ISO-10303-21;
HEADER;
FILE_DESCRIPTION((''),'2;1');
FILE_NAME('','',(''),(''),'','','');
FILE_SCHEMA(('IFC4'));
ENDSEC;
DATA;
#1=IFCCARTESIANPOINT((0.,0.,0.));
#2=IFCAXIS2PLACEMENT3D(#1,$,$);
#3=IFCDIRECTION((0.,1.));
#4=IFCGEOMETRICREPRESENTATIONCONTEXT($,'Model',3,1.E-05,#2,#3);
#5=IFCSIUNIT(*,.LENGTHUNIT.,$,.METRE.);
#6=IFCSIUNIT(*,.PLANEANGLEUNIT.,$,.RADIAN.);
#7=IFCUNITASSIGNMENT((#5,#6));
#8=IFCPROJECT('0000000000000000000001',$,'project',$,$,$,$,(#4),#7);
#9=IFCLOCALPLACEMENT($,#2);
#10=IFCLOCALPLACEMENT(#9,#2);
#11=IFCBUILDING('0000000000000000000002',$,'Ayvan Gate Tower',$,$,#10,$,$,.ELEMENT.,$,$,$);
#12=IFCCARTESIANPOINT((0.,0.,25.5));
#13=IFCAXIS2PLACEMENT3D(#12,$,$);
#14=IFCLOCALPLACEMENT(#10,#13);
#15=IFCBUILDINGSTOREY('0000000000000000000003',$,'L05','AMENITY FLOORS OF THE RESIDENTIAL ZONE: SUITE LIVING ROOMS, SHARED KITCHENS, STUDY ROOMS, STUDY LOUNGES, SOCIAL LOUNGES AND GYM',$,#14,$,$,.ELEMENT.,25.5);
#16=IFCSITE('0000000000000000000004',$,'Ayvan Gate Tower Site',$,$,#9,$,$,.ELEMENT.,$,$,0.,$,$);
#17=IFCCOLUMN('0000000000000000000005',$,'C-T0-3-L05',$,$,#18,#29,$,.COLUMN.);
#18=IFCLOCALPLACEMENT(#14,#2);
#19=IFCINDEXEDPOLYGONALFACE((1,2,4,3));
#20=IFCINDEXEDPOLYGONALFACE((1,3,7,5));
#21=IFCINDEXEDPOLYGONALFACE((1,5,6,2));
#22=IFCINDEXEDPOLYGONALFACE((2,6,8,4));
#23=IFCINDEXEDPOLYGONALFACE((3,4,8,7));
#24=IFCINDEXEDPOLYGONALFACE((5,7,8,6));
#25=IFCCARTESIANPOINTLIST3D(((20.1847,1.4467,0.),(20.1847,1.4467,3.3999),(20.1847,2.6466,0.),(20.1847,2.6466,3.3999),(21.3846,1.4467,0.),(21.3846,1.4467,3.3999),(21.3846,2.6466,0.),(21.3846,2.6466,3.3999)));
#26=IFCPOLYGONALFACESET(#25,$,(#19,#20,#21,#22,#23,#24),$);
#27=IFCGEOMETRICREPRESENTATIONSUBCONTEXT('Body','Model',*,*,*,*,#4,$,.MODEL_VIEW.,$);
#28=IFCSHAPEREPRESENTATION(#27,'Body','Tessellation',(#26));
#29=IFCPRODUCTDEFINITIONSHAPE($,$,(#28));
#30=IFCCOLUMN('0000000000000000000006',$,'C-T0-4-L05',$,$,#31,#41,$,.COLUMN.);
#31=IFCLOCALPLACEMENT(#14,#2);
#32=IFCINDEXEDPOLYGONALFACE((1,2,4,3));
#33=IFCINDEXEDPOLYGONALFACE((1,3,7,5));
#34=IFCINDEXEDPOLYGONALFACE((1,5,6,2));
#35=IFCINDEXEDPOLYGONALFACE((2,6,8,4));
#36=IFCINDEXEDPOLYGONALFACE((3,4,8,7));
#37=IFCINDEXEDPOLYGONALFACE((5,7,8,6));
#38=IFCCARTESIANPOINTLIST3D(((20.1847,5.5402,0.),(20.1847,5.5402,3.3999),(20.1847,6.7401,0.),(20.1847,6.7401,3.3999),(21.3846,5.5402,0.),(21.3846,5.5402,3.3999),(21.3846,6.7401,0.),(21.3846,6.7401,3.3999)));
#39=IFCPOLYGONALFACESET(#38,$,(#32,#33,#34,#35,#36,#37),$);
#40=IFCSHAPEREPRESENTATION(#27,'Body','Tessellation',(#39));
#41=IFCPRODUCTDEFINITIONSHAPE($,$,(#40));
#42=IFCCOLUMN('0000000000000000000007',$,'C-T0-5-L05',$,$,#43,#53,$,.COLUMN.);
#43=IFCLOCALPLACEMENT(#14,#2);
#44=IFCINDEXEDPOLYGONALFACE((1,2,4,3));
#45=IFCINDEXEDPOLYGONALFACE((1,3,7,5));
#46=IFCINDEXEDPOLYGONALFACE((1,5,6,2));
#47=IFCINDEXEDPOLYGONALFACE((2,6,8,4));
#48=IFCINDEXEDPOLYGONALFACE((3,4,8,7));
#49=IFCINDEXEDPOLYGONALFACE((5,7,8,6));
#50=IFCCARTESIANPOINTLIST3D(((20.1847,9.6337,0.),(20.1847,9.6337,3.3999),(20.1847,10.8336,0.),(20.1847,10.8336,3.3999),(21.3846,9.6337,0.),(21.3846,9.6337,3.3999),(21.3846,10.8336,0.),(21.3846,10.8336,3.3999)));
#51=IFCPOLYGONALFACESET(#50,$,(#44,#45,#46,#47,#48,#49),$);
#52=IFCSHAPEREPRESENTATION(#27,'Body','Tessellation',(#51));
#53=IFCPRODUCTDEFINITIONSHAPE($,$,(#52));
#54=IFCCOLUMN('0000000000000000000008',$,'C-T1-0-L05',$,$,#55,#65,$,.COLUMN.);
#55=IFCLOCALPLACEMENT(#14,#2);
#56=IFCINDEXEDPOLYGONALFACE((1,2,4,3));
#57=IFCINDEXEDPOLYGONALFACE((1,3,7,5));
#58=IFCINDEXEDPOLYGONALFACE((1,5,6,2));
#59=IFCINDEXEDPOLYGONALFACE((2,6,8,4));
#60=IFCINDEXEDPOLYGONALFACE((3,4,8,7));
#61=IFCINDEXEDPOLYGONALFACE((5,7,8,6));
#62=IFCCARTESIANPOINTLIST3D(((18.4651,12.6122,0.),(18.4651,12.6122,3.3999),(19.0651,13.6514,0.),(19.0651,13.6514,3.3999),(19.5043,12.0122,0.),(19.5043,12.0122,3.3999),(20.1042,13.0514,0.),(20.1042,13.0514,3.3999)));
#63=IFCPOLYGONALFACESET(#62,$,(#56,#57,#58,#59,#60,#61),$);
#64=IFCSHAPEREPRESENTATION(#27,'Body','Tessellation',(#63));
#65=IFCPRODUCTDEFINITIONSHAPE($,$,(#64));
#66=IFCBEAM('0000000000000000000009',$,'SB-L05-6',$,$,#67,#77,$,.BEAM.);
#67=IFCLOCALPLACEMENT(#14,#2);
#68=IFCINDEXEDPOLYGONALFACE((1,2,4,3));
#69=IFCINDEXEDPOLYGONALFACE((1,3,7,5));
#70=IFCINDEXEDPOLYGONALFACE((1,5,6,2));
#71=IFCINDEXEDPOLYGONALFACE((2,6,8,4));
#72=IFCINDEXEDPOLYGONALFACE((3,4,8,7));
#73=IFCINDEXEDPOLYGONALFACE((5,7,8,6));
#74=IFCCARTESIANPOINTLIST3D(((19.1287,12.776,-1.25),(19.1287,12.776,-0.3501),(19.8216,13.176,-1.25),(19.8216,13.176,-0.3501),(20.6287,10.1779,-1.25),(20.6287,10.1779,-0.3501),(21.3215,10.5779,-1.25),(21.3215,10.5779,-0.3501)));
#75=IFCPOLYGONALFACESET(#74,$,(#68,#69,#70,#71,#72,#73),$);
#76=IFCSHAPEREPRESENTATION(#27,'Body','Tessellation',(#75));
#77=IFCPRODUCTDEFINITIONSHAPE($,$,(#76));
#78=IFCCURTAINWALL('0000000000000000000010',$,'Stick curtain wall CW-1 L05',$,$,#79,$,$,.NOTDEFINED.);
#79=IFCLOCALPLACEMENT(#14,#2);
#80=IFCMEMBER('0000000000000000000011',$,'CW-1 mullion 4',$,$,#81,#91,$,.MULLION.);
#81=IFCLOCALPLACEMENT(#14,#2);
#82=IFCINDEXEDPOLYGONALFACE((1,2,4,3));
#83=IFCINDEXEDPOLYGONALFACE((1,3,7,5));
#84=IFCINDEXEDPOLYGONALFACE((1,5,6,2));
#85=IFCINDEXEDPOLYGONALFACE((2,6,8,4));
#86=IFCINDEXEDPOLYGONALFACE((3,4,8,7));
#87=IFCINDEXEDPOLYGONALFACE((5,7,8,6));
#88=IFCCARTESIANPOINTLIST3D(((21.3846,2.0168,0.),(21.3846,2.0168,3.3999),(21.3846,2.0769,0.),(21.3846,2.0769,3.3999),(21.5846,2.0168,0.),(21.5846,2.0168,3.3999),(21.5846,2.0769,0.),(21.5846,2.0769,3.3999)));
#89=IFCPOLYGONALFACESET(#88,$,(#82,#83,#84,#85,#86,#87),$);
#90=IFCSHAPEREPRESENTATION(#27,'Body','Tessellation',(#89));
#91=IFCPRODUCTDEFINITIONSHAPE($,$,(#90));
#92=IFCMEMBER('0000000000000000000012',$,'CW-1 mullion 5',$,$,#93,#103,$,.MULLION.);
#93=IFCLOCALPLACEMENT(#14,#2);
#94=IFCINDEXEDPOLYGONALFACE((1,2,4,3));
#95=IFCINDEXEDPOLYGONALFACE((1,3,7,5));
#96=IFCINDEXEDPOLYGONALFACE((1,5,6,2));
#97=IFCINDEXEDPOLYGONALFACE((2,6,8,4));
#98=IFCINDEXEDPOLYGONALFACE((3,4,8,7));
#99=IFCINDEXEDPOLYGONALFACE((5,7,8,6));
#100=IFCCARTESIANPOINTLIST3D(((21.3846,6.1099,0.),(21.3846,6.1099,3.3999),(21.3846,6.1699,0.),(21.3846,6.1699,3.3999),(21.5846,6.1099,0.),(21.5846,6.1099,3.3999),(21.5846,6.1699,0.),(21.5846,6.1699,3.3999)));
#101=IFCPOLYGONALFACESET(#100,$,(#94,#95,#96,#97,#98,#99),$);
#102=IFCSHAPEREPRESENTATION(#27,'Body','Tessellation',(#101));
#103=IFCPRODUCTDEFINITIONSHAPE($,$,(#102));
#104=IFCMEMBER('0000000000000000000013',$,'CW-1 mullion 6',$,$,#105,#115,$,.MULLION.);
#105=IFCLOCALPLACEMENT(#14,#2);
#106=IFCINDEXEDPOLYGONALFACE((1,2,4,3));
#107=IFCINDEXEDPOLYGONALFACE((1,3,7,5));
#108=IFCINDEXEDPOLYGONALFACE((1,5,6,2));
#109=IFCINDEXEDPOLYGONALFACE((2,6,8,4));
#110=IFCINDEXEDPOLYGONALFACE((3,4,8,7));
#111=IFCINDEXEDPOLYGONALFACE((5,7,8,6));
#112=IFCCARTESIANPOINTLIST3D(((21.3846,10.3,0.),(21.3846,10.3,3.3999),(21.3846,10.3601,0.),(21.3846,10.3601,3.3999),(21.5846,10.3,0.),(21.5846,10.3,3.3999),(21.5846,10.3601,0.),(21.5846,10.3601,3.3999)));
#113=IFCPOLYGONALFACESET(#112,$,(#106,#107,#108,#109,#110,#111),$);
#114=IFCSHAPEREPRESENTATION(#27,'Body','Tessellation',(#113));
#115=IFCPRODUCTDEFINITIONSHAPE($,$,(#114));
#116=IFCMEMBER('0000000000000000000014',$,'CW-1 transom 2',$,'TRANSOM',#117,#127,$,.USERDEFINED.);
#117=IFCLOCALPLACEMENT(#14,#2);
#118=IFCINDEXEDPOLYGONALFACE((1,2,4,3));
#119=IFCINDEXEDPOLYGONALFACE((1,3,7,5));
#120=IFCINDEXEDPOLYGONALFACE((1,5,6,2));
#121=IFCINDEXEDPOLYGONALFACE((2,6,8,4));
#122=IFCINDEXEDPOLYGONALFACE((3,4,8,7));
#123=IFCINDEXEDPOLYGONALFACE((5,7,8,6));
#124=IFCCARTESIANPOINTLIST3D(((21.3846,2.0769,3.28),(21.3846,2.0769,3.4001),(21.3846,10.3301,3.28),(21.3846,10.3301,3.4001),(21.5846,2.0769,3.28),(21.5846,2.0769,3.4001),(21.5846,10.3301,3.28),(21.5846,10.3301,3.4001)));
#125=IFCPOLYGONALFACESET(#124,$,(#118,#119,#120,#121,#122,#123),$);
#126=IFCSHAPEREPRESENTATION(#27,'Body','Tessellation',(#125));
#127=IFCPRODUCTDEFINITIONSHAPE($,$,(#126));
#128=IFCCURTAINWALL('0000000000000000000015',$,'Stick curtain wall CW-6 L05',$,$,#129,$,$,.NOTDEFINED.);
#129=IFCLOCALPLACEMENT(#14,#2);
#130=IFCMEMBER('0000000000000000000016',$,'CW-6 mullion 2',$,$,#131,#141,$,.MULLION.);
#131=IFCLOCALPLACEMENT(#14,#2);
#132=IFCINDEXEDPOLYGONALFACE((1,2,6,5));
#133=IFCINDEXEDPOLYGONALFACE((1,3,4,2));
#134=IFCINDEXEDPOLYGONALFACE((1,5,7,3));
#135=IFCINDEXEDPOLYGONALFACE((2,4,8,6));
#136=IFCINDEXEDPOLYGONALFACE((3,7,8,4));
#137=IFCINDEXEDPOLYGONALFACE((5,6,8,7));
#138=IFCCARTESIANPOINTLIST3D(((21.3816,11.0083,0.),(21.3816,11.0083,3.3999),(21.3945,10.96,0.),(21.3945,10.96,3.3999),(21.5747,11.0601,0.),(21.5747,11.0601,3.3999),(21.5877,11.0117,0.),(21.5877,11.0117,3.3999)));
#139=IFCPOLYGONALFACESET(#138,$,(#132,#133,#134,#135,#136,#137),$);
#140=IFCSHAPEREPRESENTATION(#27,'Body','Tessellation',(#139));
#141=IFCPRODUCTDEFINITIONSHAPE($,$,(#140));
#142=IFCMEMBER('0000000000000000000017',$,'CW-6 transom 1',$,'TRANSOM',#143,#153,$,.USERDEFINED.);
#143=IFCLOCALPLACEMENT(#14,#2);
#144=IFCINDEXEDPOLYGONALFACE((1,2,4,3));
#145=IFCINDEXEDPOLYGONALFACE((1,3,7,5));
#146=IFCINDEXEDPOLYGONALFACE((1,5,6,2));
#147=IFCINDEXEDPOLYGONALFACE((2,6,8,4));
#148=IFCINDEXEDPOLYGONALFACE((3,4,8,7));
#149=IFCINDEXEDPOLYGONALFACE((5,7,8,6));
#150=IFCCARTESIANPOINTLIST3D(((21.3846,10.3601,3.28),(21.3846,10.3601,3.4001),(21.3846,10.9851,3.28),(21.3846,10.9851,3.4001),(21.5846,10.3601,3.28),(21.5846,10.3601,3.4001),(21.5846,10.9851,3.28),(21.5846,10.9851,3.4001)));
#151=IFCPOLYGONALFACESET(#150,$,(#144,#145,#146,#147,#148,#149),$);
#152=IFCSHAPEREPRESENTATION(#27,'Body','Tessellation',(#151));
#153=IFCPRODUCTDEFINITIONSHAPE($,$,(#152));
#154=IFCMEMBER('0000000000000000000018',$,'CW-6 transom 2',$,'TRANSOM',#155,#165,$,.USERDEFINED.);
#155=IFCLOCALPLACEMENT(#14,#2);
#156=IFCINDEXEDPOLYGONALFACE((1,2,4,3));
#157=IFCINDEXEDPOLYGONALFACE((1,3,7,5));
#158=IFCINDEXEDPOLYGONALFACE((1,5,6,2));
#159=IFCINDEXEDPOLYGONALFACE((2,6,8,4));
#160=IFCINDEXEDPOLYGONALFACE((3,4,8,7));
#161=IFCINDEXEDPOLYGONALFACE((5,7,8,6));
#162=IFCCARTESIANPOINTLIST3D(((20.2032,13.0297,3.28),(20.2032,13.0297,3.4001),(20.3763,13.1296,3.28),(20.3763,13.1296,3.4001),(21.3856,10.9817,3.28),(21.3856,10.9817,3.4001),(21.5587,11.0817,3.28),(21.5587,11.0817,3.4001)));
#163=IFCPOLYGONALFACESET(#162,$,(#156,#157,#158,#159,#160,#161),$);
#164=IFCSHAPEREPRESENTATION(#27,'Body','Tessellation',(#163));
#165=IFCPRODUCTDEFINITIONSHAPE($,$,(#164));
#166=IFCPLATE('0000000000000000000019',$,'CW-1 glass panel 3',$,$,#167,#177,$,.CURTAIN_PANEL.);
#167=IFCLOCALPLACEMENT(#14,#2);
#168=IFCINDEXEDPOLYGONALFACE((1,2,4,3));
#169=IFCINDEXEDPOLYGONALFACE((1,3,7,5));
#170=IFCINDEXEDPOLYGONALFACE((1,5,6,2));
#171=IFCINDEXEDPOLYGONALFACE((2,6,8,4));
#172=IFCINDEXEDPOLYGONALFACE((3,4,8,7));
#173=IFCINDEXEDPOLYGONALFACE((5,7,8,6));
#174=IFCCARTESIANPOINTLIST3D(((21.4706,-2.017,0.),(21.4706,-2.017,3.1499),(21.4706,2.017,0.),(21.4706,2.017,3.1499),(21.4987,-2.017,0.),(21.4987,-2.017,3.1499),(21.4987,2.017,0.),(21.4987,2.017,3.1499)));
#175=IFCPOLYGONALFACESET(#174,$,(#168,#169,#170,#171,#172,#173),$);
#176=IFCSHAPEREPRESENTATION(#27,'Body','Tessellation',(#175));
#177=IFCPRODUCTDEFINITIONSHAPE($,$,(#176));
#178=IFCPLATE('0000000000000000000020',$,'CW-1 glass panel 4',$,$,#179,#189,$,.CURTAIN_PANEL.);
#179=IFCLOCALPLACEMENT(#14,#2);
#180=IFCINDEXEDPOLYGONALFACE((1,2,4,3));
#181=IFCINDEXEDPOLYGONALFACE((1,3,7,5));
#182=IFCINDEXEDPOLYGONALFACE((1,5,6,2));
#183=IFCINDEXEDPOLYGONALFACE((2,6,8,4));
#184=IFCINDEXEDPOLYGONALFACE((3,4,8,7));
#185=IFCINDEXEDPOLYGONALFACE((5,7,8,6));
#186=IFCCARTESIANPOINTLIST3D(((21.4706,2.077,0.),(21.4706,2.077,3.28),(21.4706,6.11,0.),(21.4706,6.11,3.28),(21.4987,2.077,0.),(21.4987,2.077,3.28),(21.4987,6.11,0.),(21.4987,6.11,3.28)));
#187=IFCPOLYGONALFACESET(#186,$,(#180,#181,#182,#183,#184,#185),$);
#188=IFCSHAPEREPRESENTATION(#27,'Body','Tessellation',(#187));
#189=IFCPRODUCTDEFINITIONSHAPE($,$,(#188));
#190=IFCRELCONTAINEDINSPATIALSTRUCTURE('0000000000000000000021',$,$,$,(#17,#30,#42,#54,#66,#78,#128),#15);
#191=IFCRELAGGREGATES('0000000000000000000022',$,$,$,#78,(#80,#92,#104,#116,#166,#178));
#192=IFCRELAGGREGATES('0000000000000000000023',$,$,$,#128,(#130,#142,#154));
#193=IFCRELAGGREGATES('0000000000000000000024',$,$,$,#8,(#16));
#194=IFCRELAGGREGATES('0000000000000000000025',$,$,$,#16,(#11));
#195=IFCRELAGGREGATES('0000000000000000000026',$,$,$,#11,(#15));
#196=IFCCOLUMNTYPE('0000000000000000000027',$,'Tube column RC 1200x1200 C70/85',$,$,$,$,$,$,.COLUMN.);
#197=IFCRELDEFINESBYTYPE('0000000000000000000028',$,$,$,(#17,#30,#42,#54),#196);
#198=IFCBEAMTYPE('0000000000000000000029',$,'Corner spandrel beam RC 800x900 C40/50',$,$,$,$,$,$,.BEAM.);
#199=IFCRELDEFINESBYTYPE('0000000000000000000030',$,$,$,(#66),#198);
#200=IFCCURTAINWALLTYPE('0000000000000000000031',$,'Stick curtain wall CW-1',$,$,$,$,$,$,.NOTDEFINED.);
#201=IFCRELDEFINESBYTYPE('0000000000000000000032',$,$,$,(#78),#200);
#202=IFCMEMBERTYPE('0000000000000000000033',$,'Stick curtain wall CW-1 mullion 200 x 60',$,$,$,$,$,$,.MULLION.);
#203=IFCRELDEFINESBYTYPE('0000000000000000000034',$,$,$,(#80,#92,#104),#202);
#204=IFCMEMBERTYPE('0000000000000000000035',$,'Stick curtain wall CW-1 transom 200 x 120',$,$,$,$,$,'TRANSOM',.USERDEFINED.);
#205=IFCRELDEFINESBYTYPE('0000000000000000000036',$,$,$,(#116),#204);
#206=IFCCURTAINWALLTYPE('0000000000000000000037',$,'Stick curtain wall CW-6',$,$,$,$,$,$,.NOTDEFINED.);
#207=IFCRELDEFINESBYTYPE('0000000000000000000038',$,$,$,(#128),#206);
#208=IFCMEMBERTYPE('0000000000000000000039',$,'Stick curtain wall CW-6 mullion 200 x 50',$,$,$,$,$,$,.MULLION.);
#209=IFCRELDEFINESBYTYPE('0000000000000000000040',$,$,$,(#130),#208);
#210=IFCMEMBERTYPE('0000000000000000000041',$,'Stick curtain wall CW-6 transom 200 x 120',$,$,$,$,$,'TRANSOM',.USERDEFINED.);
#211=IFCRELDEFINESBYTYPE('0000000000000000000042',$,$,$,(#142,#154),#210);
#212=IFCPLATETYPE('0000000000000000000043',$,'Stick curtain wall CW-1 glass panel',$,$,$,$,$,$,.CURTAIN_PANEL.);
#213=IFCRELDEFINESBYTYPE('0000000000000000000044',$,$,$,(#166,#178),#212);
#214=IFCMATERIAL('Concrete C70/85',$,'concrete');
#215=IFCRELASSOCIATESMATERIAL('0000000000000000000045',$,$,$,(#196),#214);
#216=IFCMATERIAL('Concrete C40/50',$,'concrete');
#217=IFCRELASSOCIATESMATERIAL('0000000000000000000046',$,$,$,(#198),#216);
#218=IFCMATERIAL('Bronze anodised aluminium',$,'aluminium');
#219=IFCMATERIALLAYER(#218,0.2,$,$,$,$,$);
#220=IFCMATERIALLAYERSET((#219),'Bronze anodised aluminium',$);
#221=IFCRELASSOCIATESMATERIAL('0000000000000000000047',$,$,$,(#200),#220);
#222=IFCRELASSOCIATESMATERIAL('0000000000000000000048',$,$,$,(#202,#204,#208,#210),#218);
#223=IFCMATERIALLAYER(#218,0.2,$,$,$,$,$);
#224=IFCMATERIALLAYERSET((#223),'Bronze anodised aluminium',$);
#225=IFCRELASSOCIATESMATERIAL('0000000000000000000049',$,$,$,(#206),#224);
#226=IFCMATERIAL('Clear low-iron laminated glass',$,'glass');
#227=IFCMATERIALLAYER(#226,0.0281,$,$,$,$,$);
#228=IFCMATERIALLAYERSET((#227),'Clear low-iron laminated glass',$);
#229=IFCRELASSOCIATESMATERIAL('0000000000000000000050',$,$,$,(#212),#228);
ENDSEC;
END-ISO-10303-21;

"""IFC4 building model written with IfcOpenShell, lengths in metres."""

from ifc_helpers import new_model, si_unit, direction, frame, origin, origin_2d, place, context, subcontext, project, spatial, rectangle, extrude, material, layer, layer_set, material_profile, profile_set, type_object, element, aggregate, save


model = new_model("IFC4")

# Units and contexts
model_context = context("Model", 3, precision=1e-05, world=origin(), true_north=direction((0.0, 1.0)))
body_context = subcontext(model_context, "Body", "Model", "MODEL_VIEW")
ifc_project = project(units=[si_unit("LENGTHUNIT", "METRE"), si_unit("PLANEANGLEUNIT", "RADIAN")], contexts=[model_context])

# Site, building, storey
site_placement = place(None, origin())
site = spatial("IfcSite", under=ifc_project, at=site_placement, Name="Ayvan Gate Tower Site", CompositionType="ELEMENT", RefElevation=0.0)
building_placement = place(site_placement, origin())
building = spatial("IfcBuilding", under=site, at=building_placement, Name="Ayvan Gate Tower", CompositionType="ELEMENT")
storey_placement = place(building_placement, frame((0.0, 0.0, 25.5)))
storey = spatial("IfcBuildingStorey", under=building, at=storey_placement, Name="L05", Description="AMENITY FLOORS OF THE RESIDENTIAL ZONE: SUITE LIVING ROOMS, SHARED KITCHENS, STUDY ROOMS, STUDY LOUNGES, SOCIAL LOUNGES AND GYM", CompositionType="ELEMENT", Elevation=25.5)

# Columns
ifc_material_1 = material(Name="Concrete C70/85", Category="concrete")
ifc_material_profile_1 = material_profile(ifc_material_1, rectangle(XDim=1.2, YDim=1.2, at=origin_2d()), Name="RC 1200x1200")
ifc_profile_set_1 = profile_set([ifc_material_profile_1], Name="Concrete C70/85")
column_type = type_object("IfcColumnType", Name="Tube column RC 1200x1200 C70/85", PredefinedType="COLUMN", material=ifc_profile_set_1)
for number, where, z_axis, x_axis, name in (
    (1, (20.7847, 2.0466, 0.0), (0.0, 0.0, 1.0), (1.0, 0.0, 0.0), "C-T0-3-L05"),
    (2, (20.7847, 6.1401, 0.0), (0.0, 0.0, 1.0), (1.0, 0.0, 0.0), "C-T0-4-L05"),
    (3, (20.7847, 10.2336, 0.0), (0.0, 0.0, 1.0), (1.0, 0.0, 0.0), "C-T0-5-L05"),
    (4, (19.2847, 12.8318, 0.0), (0.0, 0.0, 1.0), (0.5, 0.866025, 0.0), "C-T1-0-L05"),
):
    element("IfcColumn", number, at=place(storey_placement, frame(where, z_axis=z_axis, x_axis=x_axis)), inside=storey, type_object=column_type, Name=name, PredefinedType="COLUMN", context=body_context, shape_type="SweptSolid", body=[
        extrude(rectangle(XDim=1.2, YDim=1.2, at=origin_2d()), origin(), (0.0, 0.0, 1.0), 3.3999),
    ])

# Beam
ifc_material_2 = material(Name="Concrete C40/50", Category="concrete")
ifc_material_profile_2 = material_profile(ifc_material_2, rectangle(XDim=0.8, YDim=0.8999, at=origin_2d()), Name="RC 800x900")
ifc_profile_set_2 = profile_set([ifc_material_profile_2], Name="Concrete C40/50")
beam_type = type_object("IfcBeamType", Name="Corner spandrel beam RC 800x900 C40/50", PredefinedType="BEAM", material=ifc_profile_set_2)
beam_placement = place(storey_placement, frame((20.9751, 10.3779, -0.8), z_axis=(-0.49999, 0.866031, 0.0), x_axis=(-0.866031, -0.49999, 0.0)))
element("IfcBeam", 5, at=beam_placement, inside=storey, type_object=beam_type, Name="SB-L05-6", PredefinedType="BEAM", context=body_context, shape_type="SweptSolid", body=[
    extrude(rectangle(XDim=0.8, YDim=0.8999, at=origin_2d()), origin(), (0.0, 0.0, 1.0), 3.0),
])

# Curtain walls, members
ifc_material_3 = material(Name="Bronze anodised aluminium", Category="aluminium")
ifc_layer_1 = layer(ifc_material_3, 0.2)
ifc_layer_set_1 = layer_set([ifc_layer_1], Name="Bronze anodised aluminium")
curtain_wall_type_1 = type_object("IfcCurtainWallType", Name="Stick curtain wall CW-1", PredefinedType="NOTDEFINED", material=ifc_layer_set_1)
curtain_wall_1_placement = place(storey_placement, origin())
curtain_wall_1 = element("IfcCurtainWall", 6, at=curtain_wall_1_placement, inside=storey, type_object=curtain_wall_type_1, Name="Stick curtain wall CW-1 L05", PredefinedType="NOTDEFINED")
ifc_material_profile_3 = material_profile(ifc_material_3, rectangle(XDim=0.2, YDim=0.0601, at=origin_2d()), Name="Stick curtain wall CW-1 mullion 200 x 60")
ifc_profile_set_3 = profile_set([ifc_material_profile_3], Name="Bronze anodised aluminium")
member_type_1 = type_object("IfcMemberType", Name="Stick curtain wall CW-1 mullion 200 x 60", PredefinedType="MULLION", material=ifc_profile_set_3)
member_1_placement = place(storey_placement, frame((21.4846, 2.0469, 0.0), z_axis=(0.0, 0.0, 1.0), x_axis=(1.0, 0.0, 0.0)))
member_1 = element("IfcMember", 7, at=member_1_placement, type_object=member_type_1, Name="CW-1 mullion 4", PredefinedType="MULLION", context=body_context, shape_type="SweptSolid", body=[
    extrude(rectangle(XDim=0.2, YDim=0.0601, at=origin_2d()), origin(), (0.0, 0.0, 1.0), 3.3999),
])
member_2_placement = place(storey_placement, frame((21.4846, 6.1399, 0.0), z_axis=(0.0, 0.0, 1.0), x_axis=(1.0, 0.0, 0.0)))
member_2 = element("IfcMember", 8, at=member_2_placement, type_object=member_type_1, Name="CW-1 mullion 5", PredefinedType="MULLION", context=body_context, shape_type="SweptSolid", body=[
    extrude(rectangle(XDim=0.2, YDim=0.0601, at=origin_2d()), origin(), (0.0, 0.0, 1.0), 3.3999),
])
member_3_placement = place(storey_placement, frame((21.4846, 10.3301, 0.0), z_axis=(0.0, 0.0, 1.0), x_axis=(1.0, 0.0, 0.0)))
member_3 = element("IfcMember", 9, at=member_3_placement, type_object=member_type_1, Name="CW-1 mullion 6", PredefinedType="MULLION", context=body_context, shape_type="SweptSolid", body=[
    extrude(rectangle(XDim=0.2, YDim=0.0601, at=origin_2d()), origin(), (0.0, 0.0, 1.0), 3.3999),
])
ifc_material_profile_4 = material_profile(ifc_material_3, rectangle(XDim=0.2, YDim=0.1201, at=origin_2d()), Name="Stick curtain wall CW-1 transom 200 x 120")
ifc_profile_set_4 = profile_set([ifc_material_profile_4], Name="Bronze anodised aluminium")
member_type_2 = type_object("IfcMemberType", Name="Stick curtain wall CW-1 transom 200 x 120", ElementType="TRANSOM", PredefinedType="USERDEFINED", material=ifc_profile_set_4)
member_4_placement = place(storey_placement, frame((21.4846, 2.0769, 3.3401), z_axis=(0.0, 1.0, 0.0), x_axis=(-1.0, 0.0, 0.0)))
member_4 = element("IfcMember", 10, at=member_4_placement, type_object=member_type_2, Name="CW-1 transom 2", ObjectType="TRANSOM", PredefinedType="USERDEFINED", context=body_context, shape_type="SweptSolid", body=[
    extrude(rectangle(XDim=0.2, YDim=0.1201, at=origin_2d()), origin(), (0.0, 0.0, 1.0), 8.2532),
])
ifc_layer_2 = layer(ifc_material_3, 0.2)
ifc_layer_set_2 = layer_set([ifc_layer_2], Name="Bronze anodised aluminium")
curtain_wall_type_2 = type_object("IfcCurtainWallType", Name="Stick curtain wall CW-6", PredefinedType="NOTDEFINED", material=ifc_layer_set_2)
curtain_wall_2_placement = place(storey_placement, origin())
curtain_wall_2 = element("IfcCurtainWall", 11, at=curtain_wall_2_placement, inside=storey, type_object=curtain_wall_type_2, Name="Stick curtain wall CW-6 L05", PredefinedType="NOTDEFINED")
ifc_material_profile_5 = material_profile(ifc_material_3, rectangle(XDim=0.2, YDim=0.05, at=origin_2d()), Name="Stick curtain wall CW-6 mullion 200 x 50")
ifc_profile_set_5 = profile_set([ifc_material_profile_5], Name="Bronze anodised aluminium")
member_type_3 = type_object("IfcMemberType", Name="Stick curtain wall CW-6 mullion 200 x 50", PredefinedType="MULLION", material=ifc_profile_set_5)
member_5_placement = place(storey_placement, frame((21.4846, 11.01, 0.0), z_axis=(0.0, 0.0, 1.0), x_axis=(0.965926, 0.258819, 0.0)))
member_5 = element("IfcMember", 12, at=member_5_placement, type_object=member_type_3, Name="CW-6 mullion 2", PredefinedType="MULLION", context=body_context, shape_type="SweptSolid", body=[
    extrude(rectangle(XDim=0.2, YDim=0.05, at=origin_2d()), origin(), (0.0, 0.0, 1.0), 3.3999),
])
ifc_material_profile_6 = material_profile(ifc_material_3, rectangle(XDim=0.2, YDim=0.1201, at=origin_2d()), Name="Stick curtain wall CW-6 transom 200 x 120")
ifc_profile_set_6 = profile_set([ifc_material_profile_6], Name="Bronze anodised aluminium")
member_type_4 = type_object("IfcMemberType", Name="Stick curtain wall CW-6 transom 200 x 120", ElementType="TRANSOM", PredefinedType="USERDEFINED", material=ifc_profile_set_6)
member_6_placement = place(storey_placement, frame((21.4846, 10.3601, 3.3401), z_axis=(0.0, 1.0, 0.0), x_axis=(-1.0, 0.0, 0.0)))
member_6 = element("IfcMember", 13, at=member_6_placement, type_object=member_type_4, Name="CW-6 transom 1", ObjectType="TRANSOM", PredefinedType="USERDEFINED", context=body_context, shape_type="SweptSolid", body=[
    extrude(rectangle(XDim=0.2, YDim=0.1201, at=origin_2d()), origin(), (0.0, 0.0, 1.0), 0.625),
])
member_7_placement = place(storey_placement, frame((21.4722, 11.0317, 3.3401), z_axis=(-0.500014, 0.866017, 0.0), x_axis=(-0.866017, -0.500014, 0.0)))
member_7 = element("IfcMember", 14, at=member_7_placement, type_object=member_type_4, Name="CW-6 transom 2", ObjectType="TRANSOM", PredefinedType="USERDEFINED", context=body_context, shape_type="SweptSolid", body=[
    extrude(rectangle(XDim=0.2, YDim=0.1201, at=origin_2d()), origin(), (0.0, 0.0, 1.0), 2.3647),
])

# Plates
ifc_material_4 = material(Name="Clear low-iron laminated glass", Category="glass")
ifc_layer_3 = layer(ifc_material_4, 0.0281)
ifc_layer_set_3 = layer_set([ifc_layer_3], Name="Clear low-iron laminated glass")
plate_type_1 = type_object("IfcPlateType", Name="Stick curtain wall CW-1 glass panel", PredefinedType="CURTAIN_PANEL", material=ifc_layer_set_3)
plate_1_placement = place(storey_placement, frame((21.4846, 0.0, 0.0), z_axis=(0.0, 0.0, 1.0), x_axis=(0.0, 1.0, 0.0)))
plate_1 = element("IfcPlate", 15, at=plate_1_placement, type_object=plate_type_1, Name="CW-1 glass panel 3", PredefinedType="CURTAIN_PANEL", context=body_context, shape_type="SweptSolid", body=[
    extrude(rectangle(XDim=4.0339, YDim=0.0281, at=origin_2d()), origin(), (0.0, 0.0, 1.0), 3.1499),
])
plate_2_placement = place(storey_placement, frame((21.4846, 4.0935, 0.0), z_axis=(0.0, 0.0, 1.0), x_axis=(0.0, 1.0, 0.0)))
plate_2 = element("IfcPlate", 16, at=plate_2_placement, type_object=plate_type_1, Name="CW-1 glass panel 4", PredefinedType="CURTAIN_PANEL", context=body_context, shape_type="SweptSolid", body=[
    extrude(rectangle(XDim=4.033, YDim=0.0281, at=origin_2d()), origin(), (0.0, 0.0, 1.0), 3.28),
])
aggregate(curtain_wall_1, [member_1, member_2, member_3, member_4, plate_1, plate_2])
aggregate(curtain_wall_2, [member_5, member_6, member_7])

save(model, "model.ifc")
